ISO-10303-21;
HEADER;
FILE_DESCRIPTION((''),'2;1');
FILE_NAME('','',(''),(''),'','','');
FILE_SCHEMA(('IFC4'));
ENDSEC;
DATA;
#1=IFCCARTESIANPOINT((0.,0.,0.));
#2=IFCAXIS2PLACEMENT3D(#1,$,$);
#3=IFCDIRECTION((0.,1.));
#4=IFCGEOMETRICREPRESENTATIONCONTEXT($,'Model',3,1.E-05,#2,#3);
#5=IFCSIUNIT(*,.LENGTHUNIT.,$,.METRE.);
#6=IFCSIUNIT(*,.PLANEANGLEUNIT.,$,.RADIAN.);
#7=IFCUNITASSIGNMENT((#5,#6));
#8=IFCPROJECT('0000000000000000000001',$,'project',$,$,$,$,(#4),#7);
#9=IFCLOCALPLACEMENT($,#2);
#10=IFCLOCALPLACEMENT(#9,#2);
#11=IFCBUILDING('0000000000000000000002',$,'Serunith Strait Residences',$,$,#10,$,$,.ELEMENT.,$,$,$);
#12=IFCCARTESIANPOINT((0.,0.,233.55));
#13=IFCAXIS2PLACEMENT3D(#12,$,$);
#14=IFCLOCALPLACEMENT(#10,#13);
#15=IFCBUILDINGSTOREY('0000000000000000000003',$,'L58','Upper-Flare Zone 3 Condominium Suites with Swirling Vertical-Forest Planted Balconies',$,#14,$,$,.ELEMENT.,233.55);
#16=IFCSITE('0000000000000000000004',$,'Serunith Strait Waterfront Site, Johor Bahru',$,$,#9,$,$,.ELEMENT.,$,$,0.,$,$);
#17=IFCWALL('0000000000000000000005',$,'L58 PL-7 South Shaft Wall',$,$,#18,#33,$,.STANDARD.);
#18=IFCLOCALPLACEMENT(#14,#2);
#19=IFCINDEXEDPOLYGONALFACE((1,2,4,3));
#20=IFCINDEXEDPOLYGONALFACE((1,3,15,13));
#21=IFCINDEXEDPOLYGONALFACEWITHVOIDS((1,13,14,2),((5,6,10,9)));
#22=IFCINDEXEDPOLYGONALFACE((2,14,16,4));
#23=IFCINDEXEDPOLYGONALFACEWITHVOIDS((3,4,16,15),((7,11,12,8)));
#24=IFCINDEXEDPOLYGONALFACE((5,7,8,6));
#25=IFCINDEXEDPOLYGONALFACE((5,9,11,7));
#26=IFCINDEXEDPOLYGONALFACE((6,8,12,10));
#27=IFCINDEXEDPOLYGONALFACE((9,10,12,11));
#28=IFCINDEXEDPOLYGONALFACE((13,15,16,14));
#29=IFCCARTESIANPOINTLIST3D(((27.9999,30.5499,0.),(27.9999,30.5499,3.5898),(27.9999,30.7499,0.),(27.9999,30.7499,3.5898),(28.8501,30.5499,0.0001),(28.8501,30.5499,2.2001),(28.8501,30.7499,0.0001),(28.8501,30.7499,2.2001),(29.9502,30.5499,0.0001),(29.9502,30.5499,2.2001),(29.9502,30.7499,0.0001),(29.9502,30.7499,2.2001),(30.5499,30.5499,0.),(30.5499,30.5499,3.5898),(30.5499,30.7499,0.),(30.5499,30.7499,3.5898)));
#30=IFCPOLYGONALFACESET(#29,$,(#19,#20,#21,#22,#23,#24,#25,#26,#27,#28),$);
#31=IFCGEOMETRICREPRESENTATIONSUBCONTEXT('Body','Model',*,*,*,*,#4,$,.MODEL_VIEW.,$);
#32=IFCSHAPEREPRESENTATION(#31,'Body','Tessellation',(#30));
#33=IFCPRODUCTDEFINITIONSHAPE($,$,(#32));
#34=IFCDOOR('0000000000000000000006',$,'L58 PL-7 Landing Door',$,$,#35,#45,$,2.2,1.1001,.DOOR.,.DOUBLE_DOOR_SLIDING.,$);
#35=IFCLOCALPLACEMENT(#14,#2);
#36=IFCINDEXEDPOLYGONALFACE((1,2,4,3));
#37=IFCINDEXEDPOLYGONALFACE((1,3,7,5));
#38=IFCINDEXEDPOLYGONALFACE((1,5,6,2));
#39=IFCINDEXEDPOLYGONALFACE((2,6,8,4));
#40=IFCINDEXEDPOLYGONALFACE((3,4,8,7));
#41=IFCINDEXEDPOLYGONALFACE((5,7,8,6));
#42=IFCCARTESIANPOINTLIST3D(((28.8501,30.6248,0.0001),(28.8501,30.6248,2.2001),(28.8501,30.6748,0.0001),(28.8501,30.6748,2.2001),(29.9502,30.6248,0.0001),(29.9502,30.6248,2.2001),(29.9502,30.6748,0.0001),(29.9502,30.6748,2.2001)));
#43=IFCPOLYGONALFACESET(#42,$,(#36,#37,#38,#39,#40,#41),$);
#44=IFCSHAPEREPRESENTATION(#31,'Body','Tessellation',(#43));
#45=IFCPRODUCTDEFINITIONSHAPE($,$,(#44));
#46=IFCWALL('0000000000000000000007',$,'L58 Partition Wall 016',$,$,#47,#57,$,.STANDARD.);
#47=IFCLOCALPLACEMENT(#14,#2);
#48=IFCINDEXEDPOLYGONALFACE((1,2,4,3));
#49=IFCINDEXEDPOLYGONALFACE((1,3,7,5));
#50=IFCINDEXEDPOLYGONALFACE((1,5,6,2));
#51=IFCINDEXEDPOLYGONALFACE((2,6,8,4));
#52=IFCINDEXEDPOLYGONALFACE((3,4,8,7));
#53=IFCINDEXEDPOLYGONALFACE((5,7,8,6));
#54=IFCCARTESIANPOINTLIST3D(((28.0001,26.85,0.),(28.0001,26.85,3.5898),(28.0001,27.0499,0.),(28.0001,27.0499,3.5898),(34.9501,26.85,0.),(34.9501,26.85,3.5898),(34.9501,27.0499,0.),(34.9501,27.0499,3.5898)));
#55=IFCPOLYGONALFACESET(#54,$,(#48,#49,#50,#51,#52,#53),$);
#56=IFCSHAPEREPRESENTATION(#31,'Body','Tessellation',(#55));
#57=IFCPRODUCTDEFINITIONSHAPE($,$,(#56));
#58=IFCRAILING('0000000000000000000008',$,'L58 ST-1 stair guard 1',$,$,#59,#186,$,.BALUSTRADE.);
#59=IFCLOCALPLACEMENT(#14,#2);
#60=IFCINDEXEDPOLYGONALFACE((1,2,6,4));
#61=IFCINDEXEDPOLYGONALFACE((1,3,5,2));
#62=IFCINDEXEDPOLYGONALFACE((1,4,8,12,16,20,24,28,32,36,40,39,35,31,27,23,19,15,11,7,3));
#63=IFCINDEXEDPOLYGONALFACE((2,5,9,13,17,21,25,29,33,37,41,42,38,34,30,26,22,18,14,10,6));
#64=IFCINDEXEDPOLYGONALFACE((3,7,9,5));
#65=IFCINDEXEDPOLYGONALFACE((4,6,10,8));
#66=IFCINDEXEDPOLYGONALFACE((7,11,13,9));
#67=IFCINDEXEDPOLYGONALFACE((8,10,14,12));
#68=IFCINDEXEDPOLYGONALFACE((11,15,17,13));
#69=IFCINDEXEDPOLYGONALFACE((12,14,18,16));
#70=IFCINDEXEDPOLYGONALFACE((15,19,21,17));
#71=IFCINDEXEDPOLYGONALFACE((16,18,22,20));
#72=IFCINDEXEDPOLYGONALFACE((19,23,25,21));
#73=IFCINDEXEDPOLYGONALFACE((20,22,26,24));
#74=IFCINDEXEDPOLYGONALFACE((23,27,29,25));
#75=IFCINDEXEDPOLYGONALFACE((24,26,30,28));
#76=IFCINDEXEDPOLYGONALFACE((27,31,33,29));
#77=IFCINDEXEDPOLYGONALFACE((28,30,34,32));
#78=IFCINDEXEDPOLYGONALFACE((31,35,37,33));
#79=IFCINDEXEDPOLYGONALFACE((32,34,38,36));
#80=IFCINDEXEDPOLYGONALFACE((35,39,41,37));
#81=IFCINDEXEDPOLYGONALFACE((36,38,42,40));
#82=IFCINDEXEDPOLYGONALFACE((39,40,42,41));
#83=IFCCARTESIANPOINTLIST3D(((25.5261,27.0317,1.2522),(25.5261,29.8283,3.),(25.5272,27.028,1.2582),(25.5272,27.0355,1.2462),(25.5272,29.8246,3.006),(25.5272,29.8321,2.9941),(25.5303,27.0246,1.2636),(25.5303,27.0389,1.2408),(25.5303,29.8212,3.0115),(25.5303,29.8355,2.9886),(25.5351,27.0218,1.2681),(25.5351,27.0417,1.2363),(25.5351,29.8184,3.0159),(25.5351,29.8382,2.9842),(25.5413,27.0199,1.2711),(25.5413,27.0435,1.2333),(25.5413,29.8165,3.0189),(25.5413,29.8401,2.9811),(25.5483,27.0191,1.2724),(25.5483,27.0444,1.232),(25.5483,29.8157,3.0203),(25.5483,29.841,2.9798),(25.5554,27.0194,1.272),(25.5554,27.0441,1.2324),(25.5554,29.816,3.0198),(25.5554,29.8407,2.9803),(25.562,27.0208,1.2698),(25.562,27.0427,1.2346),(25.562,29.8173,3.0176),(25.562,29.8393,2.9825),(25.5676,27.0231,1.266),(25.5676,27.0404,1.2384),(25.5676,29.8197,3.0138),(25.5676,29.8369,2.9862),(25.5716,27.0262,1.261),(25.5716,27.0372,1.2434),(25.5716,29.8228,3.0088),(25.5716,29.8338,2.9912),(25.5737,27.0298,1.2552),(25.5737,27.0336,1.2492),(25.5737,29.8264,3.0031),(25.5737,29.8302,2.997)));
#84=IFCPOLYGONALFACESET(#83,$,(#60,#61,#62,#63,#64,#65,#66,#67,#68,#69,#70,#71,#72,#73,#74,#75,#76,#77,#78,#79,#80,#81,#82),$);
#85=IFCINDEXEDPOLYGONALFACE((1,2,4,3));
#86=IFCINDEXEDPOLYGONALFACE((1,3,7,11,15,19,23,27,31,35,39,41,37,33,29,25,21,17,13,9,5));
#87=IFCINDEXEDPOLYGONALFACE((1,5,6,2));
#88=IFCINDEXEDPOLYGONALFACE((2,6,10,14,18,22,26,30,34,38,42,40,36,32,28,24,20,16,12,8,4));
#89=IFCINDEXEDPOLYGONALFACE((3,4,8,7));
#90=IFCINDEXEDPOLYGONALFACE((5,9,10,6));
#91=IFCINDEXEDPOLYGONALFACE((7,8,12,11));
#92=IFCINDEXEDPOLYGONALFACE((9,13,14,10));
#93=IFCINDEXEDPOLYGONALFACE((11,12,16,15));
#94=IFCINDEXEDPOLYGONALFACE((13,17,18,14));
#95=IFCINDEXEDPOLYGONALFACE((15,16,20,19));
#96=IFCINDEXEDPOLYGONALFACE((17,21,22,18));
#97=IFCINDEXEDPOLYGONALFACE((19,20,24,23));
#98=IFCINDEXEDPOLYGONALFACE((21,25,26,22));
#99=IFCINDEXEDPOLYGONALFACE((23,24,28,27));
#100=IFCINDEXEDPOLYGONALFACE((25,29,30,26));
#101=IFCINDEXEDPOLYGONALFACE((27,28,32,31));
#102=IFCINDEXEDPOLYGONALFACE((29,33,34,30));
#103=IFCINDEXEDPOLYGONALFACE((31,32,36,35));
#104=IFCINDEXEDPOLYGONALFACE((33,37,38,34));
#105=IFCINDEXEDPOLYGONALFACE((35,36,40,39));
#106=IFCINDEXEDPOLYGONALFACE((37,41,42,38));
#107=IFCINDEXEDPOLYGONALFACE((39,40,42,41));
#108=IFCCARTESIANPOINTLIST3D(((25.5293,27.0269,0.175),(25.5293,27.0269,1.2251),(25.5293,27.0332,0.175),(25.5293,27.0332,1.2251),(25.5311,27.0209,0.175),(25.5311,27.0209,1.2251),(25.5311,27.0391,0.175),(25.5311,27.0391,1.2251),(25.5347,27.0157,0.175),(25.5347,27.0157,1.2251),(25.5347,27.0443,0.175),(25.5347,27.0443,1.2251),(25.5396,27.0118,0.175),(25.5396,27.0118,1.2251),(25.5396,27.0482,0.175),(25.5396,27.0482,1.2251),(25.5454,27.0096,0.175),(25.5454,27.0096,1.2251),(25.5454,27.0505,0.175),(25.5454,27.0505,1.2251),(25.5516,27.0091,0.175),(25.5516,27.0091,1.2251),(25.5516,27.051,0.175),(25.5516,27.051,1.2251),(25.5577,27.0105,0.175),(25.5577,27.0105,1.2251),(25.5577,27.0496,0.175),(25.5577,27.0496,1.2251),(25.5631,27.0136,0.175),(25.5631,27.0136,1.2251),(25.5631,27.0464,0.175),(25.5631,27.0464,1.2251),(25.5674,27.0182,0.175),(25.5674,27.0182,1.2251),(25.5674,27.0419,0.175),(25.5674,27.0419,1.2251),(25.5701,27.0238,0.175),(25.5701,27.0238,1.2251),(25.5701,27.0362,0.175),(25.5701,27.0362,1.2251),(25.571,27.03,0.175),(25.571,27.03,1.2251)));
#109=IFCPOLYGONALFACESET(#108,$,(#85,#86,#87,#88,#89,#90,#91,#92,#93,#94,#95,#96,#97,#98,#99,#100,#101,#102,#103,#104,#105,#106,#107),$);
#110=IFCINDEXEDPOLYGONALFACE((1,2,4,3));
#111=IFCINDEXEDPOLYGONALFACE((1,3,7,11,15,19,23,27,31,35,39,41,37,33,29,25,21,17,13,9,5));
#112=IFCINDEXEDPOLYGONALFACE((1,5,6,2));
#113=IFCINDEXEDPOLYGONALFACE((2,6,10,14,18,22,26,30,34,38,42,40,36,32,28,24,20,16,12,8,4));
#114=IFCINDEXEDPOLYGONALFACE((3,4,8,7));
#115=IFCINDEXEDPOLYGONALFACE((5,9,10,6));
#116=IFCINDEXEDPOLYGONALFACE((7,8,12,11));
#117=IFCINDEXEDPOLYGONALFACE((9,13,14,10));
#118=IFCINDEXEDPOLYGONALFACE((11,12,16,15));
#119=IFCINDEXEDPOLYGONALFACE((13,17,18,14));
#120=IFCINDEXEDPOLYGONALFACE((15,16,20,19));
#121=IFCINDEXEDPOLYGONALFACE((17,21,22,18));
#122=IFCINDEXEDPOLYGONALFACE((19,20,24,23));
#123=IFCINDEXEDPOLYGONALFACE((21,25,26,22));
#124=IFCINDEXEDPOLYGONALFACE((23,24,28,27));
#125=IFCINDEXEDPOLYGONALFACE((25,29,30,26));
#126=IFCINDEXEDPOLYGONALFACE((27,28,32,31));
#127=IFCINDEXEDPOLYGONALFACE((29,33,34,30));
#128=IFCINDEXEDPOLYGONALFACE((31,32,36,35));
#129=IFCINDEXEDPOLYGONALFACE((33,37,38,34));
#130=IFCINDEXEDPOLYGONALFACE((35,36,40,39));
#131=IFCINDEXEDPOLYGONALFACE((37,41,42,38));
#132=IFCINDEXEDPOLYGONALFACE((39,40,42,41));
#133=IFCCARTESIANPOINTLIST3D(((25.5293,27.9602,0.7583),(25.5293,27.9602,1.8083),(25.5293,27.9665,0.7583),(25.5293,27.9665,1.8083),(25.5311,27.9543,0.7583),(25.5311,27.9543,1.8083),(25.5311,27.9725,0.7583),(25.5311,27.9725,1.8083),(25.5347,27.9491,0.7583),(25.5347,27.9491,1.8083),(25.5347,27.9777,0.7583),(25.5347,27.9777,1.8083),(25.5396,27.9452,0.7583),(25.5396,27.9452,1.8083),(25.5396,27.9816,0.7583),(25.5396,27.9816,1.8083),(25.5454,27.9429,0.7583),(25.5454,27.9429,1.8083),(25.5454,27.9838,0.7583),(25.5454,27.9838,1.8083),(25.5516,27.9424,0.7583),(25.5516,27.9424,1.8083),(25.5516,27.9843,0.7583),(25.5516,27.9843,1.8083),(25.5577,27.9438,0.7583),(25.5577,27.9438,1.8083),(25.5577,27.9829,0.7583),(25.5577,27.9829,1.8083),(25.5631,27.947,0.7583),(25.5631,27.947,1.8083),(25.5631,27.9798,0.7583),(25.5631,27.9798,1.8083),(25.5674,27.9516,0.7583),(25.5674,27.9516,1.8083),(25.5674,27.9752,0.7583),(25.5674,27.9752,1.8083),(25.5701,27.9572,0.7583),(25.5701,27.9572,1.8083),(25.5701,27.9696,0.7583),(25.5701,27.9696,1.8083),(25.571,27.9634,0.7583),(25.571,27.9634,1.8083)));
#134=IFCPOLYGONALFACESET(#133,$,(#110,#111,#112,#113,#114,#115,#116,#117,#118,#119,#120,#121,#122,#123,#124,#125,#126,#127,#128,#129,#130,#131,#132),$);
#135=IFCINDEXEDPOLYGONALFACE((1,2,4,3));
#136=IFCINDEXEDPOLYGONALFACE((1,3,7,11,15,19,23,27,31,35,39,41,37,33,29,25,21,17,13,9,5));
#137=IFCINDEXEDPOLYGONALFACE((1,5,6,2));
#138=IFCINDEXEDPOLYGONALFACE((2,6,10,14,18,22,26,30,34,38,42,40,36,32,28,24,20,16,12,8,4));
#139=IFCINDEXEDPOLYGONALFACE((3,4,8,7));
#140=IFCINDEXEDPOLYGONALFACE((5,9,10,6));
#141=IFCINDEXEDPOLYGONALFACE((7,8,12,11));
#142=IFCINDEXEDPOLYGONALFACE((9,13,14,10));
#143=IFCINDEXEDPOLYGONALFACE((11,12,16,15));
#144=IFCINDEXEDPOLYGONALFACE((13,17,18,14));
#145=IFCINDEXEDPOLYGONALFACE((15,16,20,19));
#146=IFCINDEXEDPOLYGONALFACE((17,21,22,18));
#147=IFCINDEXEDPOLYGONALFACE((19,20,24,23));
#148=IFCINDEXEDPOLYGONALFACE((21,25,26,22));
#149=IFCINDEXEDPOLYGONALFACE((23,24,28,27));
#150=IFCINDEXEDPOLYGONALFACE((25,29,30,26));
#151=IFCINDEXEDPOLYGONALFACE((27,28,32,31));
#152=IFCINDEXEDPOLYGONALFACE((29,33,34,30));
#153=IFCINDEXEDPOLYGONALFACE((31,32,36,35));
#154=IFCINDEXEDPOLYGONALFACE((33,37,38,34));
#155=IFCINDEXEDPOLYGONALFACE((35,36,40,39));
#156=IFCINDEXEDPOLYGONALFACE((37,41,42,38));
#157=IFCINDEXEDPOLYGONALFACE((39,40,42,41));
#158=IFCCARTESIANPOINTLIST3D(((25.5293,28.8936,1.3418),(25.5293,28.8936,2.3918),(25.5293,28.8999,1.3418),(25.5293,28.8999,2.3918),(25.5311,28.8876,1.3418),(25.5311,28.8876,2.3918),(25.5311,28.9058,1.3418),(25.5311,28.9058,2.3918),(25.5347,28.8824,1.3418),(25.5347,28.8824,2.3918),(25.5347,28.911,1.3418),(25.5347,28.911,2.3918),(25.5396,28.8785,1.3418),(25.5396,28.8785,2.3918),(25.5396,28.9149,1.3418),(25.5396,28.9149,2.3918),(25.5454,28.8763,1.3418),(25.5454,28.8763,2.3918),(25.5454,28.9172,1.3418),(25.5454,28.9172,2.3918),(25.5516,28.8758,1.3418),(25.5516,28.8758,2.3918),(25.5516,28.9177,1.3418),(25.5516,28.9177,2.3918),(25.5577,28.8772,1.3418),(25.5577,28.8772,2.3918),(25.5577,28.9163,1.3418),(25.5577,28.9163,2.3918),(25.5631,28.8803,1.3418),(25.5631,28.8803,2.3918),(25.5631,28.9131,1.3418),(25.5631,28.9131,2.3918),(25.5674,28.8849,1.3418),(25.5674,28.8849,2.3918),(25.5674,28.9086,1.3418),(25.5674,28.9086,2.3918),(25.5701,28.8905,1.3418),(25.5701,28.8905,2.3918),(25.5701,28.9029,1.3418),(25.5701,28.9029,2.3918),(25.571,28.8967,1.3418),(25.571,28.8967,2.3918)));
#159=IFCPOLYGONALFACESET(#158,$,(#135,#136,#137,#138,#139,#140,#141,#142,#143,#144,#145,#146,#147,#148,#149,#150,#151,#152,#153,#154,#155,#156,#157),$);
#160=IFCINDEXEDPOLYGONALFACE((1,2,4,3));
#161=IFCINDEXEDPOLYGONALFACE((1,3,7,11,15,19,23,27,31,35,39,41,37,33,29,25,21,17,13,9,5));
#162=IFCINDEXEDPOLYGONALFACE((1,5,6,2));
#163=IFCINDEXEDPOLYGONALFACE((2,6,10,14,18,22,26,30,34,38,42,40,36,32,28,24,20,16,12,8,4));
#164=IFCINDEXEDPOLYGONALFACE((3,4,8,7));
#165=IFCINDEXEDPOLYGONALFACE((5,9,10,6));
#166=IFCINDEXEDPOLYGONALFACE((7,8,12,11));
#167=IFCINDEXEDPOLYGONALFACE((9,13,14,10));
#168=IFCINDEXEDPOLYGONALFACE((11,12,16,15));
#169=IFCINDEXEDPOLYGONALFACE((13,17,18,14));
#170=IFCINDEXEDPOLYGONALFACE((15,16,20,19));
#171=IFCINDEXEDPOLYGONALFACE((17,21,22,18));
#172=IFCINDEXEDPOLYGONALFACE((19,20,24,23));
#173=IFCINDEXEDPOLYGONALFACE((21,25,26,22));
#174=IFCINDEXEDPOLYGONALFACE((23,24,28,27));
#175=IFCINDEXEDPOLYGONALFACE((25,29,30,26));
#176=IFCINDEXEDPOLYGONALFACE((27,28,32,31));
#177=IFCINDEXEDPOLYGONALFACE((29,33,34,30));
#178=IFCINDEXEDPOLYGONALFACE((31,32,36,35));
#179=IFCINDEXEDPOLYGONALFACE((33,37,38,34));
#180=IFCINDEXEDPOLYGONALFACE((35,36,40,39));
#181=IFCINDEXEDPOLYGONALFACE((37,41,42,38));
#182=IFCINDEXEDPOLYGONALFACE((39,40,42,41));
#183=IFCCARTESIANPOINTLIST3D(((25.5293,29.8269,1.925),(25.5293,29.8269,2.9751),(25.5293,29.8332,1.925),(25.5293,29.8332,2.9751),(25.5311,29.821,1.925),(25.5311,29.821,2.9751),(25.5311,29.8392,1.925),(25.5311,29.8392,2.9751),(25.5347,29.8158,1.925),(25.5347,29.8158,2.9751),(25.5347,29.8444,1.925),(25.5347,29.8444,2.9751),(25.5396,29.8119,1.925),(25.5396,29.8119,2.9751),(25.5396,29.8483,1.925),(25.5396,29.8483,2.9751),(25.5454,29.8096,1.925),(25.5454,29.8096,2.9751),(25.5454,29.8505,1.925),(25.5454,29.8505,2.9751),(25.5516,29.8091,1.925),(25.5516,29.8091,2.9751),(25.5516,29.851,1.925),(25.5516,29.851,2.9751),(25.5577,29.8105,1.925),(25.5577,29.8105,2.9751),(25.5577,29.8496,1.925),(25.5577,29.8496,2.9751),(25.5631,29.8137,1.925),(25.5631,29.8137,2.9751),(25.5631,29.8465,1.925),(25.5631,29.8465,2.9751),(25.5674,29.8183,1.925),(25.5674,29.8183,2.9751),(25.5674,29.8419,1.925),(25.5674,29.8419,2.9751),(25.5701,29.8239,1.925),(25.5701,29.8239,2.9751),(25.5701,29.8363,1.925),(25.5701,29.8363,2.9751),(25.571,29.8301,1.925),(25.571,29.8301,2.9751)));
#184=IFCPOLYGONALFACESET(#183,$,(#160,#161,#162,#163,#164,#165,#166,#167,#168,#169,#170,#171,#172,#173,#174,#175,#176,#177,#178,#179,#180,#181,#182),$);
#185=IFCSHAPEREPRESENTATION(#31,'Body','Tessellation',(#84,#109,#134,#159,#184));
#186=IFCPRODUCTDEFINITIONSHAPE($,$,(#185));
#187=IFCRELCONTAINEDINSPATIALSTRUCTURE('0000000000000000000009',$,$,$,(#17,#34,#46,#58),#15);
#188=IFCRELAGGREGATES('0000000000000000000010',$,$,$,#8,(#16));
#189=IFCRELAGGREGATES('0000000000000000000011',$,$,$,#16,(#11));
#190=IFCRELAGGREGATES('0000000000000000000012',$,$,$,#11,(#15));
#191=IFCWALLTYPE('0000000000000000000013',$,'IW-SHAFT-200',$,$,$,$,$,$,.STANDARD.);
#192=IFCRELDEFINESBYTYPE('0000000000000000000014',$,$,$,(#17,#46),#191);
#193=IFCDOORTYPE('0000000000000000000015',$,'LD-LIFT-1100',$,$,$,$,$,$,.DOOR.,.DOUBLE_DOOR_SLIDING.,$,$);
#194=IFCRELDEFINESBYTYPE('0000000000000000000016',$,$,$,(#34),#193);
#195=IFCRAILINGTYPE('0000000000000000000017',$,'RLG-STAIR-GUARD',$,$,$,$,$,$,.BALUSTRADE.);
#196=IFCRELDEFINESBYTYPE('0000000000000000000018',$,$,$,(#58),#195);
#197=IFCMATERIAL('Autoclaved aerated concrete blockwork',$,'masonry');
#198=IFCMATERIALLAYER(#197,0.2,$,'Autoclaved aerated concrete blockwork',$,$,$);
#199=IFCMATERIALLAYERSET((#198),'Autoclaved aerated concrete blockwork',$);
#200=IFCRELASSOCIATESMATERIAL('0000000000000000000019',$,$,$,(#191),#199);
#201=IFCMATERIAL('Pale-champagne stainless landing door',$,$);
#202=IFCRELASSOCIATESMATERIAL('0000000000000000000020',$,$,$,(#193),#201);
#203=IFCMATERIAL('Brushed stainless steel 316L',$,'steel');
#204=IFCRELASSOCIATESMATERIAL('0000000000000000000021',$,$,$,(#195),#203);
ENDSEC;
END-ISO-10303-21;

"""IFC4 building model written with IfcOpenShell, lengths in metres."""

from ifc_helpers import new_model, si_unit, direction, frame, frame_2d, origin, origin_2d, place, context, subcontext, project, spatial, rectangle, circle, extrude, source, transform, mapped, material, layer, layer_set, type_object, element, fill, save


model = new_model("IFC4")

# Units and contexts
model_context = context("Model", 3, precision=1e-05, world=origin(), true_north=direction((0.0, 1.0)))
body_context = subcontext(model_context, "Body", "Model", "MODEL_VIEW")
ifc_project = project(units=[si_unit("LENGTHUNIT", "METRE"), si_unit("PLANEANGLEUNIT", "RADIAN")], contexts=[model_context])

# Site, building, storey
site_placement = place(None, origin())
site = spatial("IfcSite", under=ifc_project, at=site_placement, Name="Serunith Strait Waterfront Site, Johor Bahru", CompositionType="ELEMENT", RefElevation=0.0)
building_placement = place(site_placement, origin())
building = spatial("IfcBuilding", under=site, at=building_placement, Name="Serunith Strait Residences", CompositionType="ELEMENT")
storey_placement = place(building_placement, frame((0.0, 0.0, 233.55)))
storey = spatial("IfcBuildingStorey", under=building, at=storey_placement, Name="L58", Description="Upper-Flare Zone 3 Condominium Suites with Swirling Vertical-Forest Planted Balconies", CompositionType="ELEMENT", Elevation=233.55)

# Wall, opening, door
ifc_material_1 = material(Name="Autoclaved aerated concrete blockwork", Category="masonry")
ifc_layer_1 = layer(ifc_material_1, 0.2, Name="Autoclaved aerated concrete blockwork")
ifc_layer_set_1 = layer_set([ifc_layer_1], Name="Autoclaved aerated concrete blockwork")
wall_type_1 = type_object("IfcWallType", Name="IW-SHAFT-200", PredefinedType="STANDARD", material=ifc_layer_set_1)
wall_1_placement = place(storey_placement, frame((28.0, 30.6499, 0.0), z_axis=(0.0, 0.0, 1.0), x_axis=(1.0, 0.0, 0.0)))
wall_1 = element("IfcWall", 1, at=wall_1_placement, inside=storey, type_object=wall_type_1, Name="L58 PL-7 South Shaft Wall", PredefinedType="STANDARD", context=body_context, shape_type="SweptSolid", body=[
    extrude(rectangle(XDim=2.55, YDim=0.2, at=frame_2d((1.2749, 0.0))), origin(), (0.0, 0.0, 1.0), 3.5898),
])
opening_1_placement = place(wall_1_placement, frame((0.8501, 0.0, 0.0)))
opening_1 = element("IfcOpeningElement", 2, at=opening_1_placement, cuts=wall_1, PredefinedType="OPENING", context=body_context, shape_type="SweptSolid", body=[
    extrude(rectangle(XDim=1.1001, YDim=2.2, at=frame_2d((0.55, 1.1001))), frame((0.0, 0.1099, 0.0), z_axis=(0.0, -1.0, 0.0), x_axis=(1.0, 0.0, 0.0)), (0.0, 0.0, 1.0), 0.22),
])
ifc_material_2 = material(Name="Pale-champagne stainless landing door")
door_type_1 = type_object("IfcDoorType", Name="LD-LIFT-1100", OperationType="DOUBLE_DOOR_SLIDING", PredefinedType="DOOR", material=ifc_material_2)
shared_shape_1 = source(origin(), body_context, "Body", "SweptSolid", [
    extrude(rectangle(XDim=1.1001, YDim=2.2, at=frame_2d((0.55, 1.1001))), frame((0.0, 0.0249, 0.0), z_axis=(0.0, -1.0, 0.0), x_axis=(1.0, 0.0, 0.0)), (0.0, 0.0, 1.0), 0.05),
])
door_1_placement = place(opening_1_placement, origin())
door_1 = element("IfcDoor", 3, at=door_1_placement, inside=storey, type_object=door_type_1, Name="L58 PL-7 Landing Door", OperationType="DOUBLE_DOOR_SLIDING", OverallHeight=2.2, OverallWidth=1.1001, PredefinedType="DOOR", context=body_context, shape_type="MappedRepresentation", body=[
    mapped(shared_shape_1, transform((0.0, 0.0, 0.0), scale=1.0)),
])
fill(opening_1, door_1)

# Wall
wall_2_placement = place(storey_placement, frame((28.0, 26.95, 0.0), z_axis=(0.0, 0.0, 1.0), x_axis=(1.0, 0.0, 0.0)))
element("IfcWall", 4, at=wall_2_placement, inside=storey, type_object=wall_type_1, Name="L58 Partition Wall 016", PredefinedType="STANDARD", context=body_context, shape_type="SweptSolid", body=[
    extrude(rectangle(XDim=6.95, YDim=0.2, at=frame_2d((3.4751, 0.0))), origin(), (0.0, 0.0, 1.0), 3.5898),
])

# Railing
ifc_material_3 = material(Name="Brushed stainless steel 316L", Category="steel")
railing_type_1 = type_object("IfcRailingType", Name="RLG-STAIR-GUARD", PredefinedType="BALUSTRADE", material=ifc_material_3)
railing_1_placement = place(storey_placement, frame((25.55, 27.03, 0.175)))
element("IfcRailing", 5, at=railing_1_placement, inside=storey, type_object=railing_type_1, Name="L58 ST-1 stair guard 1", PredefinedType="BALUSTRADE", context=body_context, shape_type="SweptSolid", body=[
    extrude(circle(Radius=0.0239, at=origin_2d()), frame((0.0, 0.0017, 1.0771), z_axis=(0.0, 0.848002, 0.529992), x_axis=(-1.0, 0.0, 0.0)), (0.0, 0.0, 1.0), 3.2979),
    extrude(circle(Radius=0.021, at=origin_2d()), origin(), (0.0, 0.0, 1.0), 1.05),
    extrude(circle(Radius=0.021, at=origin_2d()), frame((0.0, 0.9333, 0.5833)), (0.0, 0.0, 1.0), 1.05),
    extrude(circle(Radius=0.021, at=origin_2d()), frame((0.0, 1.8667, 1.1667)), (0.0, 0.0, 1.0), 1.05),
    extrude(circle(Radius=0.021, at=origin_2d()), frame((0.0, 2.8, 1.75)), (0.0, 0.0, 1.0), 1.05),
])

save(model, "model.ifc")
